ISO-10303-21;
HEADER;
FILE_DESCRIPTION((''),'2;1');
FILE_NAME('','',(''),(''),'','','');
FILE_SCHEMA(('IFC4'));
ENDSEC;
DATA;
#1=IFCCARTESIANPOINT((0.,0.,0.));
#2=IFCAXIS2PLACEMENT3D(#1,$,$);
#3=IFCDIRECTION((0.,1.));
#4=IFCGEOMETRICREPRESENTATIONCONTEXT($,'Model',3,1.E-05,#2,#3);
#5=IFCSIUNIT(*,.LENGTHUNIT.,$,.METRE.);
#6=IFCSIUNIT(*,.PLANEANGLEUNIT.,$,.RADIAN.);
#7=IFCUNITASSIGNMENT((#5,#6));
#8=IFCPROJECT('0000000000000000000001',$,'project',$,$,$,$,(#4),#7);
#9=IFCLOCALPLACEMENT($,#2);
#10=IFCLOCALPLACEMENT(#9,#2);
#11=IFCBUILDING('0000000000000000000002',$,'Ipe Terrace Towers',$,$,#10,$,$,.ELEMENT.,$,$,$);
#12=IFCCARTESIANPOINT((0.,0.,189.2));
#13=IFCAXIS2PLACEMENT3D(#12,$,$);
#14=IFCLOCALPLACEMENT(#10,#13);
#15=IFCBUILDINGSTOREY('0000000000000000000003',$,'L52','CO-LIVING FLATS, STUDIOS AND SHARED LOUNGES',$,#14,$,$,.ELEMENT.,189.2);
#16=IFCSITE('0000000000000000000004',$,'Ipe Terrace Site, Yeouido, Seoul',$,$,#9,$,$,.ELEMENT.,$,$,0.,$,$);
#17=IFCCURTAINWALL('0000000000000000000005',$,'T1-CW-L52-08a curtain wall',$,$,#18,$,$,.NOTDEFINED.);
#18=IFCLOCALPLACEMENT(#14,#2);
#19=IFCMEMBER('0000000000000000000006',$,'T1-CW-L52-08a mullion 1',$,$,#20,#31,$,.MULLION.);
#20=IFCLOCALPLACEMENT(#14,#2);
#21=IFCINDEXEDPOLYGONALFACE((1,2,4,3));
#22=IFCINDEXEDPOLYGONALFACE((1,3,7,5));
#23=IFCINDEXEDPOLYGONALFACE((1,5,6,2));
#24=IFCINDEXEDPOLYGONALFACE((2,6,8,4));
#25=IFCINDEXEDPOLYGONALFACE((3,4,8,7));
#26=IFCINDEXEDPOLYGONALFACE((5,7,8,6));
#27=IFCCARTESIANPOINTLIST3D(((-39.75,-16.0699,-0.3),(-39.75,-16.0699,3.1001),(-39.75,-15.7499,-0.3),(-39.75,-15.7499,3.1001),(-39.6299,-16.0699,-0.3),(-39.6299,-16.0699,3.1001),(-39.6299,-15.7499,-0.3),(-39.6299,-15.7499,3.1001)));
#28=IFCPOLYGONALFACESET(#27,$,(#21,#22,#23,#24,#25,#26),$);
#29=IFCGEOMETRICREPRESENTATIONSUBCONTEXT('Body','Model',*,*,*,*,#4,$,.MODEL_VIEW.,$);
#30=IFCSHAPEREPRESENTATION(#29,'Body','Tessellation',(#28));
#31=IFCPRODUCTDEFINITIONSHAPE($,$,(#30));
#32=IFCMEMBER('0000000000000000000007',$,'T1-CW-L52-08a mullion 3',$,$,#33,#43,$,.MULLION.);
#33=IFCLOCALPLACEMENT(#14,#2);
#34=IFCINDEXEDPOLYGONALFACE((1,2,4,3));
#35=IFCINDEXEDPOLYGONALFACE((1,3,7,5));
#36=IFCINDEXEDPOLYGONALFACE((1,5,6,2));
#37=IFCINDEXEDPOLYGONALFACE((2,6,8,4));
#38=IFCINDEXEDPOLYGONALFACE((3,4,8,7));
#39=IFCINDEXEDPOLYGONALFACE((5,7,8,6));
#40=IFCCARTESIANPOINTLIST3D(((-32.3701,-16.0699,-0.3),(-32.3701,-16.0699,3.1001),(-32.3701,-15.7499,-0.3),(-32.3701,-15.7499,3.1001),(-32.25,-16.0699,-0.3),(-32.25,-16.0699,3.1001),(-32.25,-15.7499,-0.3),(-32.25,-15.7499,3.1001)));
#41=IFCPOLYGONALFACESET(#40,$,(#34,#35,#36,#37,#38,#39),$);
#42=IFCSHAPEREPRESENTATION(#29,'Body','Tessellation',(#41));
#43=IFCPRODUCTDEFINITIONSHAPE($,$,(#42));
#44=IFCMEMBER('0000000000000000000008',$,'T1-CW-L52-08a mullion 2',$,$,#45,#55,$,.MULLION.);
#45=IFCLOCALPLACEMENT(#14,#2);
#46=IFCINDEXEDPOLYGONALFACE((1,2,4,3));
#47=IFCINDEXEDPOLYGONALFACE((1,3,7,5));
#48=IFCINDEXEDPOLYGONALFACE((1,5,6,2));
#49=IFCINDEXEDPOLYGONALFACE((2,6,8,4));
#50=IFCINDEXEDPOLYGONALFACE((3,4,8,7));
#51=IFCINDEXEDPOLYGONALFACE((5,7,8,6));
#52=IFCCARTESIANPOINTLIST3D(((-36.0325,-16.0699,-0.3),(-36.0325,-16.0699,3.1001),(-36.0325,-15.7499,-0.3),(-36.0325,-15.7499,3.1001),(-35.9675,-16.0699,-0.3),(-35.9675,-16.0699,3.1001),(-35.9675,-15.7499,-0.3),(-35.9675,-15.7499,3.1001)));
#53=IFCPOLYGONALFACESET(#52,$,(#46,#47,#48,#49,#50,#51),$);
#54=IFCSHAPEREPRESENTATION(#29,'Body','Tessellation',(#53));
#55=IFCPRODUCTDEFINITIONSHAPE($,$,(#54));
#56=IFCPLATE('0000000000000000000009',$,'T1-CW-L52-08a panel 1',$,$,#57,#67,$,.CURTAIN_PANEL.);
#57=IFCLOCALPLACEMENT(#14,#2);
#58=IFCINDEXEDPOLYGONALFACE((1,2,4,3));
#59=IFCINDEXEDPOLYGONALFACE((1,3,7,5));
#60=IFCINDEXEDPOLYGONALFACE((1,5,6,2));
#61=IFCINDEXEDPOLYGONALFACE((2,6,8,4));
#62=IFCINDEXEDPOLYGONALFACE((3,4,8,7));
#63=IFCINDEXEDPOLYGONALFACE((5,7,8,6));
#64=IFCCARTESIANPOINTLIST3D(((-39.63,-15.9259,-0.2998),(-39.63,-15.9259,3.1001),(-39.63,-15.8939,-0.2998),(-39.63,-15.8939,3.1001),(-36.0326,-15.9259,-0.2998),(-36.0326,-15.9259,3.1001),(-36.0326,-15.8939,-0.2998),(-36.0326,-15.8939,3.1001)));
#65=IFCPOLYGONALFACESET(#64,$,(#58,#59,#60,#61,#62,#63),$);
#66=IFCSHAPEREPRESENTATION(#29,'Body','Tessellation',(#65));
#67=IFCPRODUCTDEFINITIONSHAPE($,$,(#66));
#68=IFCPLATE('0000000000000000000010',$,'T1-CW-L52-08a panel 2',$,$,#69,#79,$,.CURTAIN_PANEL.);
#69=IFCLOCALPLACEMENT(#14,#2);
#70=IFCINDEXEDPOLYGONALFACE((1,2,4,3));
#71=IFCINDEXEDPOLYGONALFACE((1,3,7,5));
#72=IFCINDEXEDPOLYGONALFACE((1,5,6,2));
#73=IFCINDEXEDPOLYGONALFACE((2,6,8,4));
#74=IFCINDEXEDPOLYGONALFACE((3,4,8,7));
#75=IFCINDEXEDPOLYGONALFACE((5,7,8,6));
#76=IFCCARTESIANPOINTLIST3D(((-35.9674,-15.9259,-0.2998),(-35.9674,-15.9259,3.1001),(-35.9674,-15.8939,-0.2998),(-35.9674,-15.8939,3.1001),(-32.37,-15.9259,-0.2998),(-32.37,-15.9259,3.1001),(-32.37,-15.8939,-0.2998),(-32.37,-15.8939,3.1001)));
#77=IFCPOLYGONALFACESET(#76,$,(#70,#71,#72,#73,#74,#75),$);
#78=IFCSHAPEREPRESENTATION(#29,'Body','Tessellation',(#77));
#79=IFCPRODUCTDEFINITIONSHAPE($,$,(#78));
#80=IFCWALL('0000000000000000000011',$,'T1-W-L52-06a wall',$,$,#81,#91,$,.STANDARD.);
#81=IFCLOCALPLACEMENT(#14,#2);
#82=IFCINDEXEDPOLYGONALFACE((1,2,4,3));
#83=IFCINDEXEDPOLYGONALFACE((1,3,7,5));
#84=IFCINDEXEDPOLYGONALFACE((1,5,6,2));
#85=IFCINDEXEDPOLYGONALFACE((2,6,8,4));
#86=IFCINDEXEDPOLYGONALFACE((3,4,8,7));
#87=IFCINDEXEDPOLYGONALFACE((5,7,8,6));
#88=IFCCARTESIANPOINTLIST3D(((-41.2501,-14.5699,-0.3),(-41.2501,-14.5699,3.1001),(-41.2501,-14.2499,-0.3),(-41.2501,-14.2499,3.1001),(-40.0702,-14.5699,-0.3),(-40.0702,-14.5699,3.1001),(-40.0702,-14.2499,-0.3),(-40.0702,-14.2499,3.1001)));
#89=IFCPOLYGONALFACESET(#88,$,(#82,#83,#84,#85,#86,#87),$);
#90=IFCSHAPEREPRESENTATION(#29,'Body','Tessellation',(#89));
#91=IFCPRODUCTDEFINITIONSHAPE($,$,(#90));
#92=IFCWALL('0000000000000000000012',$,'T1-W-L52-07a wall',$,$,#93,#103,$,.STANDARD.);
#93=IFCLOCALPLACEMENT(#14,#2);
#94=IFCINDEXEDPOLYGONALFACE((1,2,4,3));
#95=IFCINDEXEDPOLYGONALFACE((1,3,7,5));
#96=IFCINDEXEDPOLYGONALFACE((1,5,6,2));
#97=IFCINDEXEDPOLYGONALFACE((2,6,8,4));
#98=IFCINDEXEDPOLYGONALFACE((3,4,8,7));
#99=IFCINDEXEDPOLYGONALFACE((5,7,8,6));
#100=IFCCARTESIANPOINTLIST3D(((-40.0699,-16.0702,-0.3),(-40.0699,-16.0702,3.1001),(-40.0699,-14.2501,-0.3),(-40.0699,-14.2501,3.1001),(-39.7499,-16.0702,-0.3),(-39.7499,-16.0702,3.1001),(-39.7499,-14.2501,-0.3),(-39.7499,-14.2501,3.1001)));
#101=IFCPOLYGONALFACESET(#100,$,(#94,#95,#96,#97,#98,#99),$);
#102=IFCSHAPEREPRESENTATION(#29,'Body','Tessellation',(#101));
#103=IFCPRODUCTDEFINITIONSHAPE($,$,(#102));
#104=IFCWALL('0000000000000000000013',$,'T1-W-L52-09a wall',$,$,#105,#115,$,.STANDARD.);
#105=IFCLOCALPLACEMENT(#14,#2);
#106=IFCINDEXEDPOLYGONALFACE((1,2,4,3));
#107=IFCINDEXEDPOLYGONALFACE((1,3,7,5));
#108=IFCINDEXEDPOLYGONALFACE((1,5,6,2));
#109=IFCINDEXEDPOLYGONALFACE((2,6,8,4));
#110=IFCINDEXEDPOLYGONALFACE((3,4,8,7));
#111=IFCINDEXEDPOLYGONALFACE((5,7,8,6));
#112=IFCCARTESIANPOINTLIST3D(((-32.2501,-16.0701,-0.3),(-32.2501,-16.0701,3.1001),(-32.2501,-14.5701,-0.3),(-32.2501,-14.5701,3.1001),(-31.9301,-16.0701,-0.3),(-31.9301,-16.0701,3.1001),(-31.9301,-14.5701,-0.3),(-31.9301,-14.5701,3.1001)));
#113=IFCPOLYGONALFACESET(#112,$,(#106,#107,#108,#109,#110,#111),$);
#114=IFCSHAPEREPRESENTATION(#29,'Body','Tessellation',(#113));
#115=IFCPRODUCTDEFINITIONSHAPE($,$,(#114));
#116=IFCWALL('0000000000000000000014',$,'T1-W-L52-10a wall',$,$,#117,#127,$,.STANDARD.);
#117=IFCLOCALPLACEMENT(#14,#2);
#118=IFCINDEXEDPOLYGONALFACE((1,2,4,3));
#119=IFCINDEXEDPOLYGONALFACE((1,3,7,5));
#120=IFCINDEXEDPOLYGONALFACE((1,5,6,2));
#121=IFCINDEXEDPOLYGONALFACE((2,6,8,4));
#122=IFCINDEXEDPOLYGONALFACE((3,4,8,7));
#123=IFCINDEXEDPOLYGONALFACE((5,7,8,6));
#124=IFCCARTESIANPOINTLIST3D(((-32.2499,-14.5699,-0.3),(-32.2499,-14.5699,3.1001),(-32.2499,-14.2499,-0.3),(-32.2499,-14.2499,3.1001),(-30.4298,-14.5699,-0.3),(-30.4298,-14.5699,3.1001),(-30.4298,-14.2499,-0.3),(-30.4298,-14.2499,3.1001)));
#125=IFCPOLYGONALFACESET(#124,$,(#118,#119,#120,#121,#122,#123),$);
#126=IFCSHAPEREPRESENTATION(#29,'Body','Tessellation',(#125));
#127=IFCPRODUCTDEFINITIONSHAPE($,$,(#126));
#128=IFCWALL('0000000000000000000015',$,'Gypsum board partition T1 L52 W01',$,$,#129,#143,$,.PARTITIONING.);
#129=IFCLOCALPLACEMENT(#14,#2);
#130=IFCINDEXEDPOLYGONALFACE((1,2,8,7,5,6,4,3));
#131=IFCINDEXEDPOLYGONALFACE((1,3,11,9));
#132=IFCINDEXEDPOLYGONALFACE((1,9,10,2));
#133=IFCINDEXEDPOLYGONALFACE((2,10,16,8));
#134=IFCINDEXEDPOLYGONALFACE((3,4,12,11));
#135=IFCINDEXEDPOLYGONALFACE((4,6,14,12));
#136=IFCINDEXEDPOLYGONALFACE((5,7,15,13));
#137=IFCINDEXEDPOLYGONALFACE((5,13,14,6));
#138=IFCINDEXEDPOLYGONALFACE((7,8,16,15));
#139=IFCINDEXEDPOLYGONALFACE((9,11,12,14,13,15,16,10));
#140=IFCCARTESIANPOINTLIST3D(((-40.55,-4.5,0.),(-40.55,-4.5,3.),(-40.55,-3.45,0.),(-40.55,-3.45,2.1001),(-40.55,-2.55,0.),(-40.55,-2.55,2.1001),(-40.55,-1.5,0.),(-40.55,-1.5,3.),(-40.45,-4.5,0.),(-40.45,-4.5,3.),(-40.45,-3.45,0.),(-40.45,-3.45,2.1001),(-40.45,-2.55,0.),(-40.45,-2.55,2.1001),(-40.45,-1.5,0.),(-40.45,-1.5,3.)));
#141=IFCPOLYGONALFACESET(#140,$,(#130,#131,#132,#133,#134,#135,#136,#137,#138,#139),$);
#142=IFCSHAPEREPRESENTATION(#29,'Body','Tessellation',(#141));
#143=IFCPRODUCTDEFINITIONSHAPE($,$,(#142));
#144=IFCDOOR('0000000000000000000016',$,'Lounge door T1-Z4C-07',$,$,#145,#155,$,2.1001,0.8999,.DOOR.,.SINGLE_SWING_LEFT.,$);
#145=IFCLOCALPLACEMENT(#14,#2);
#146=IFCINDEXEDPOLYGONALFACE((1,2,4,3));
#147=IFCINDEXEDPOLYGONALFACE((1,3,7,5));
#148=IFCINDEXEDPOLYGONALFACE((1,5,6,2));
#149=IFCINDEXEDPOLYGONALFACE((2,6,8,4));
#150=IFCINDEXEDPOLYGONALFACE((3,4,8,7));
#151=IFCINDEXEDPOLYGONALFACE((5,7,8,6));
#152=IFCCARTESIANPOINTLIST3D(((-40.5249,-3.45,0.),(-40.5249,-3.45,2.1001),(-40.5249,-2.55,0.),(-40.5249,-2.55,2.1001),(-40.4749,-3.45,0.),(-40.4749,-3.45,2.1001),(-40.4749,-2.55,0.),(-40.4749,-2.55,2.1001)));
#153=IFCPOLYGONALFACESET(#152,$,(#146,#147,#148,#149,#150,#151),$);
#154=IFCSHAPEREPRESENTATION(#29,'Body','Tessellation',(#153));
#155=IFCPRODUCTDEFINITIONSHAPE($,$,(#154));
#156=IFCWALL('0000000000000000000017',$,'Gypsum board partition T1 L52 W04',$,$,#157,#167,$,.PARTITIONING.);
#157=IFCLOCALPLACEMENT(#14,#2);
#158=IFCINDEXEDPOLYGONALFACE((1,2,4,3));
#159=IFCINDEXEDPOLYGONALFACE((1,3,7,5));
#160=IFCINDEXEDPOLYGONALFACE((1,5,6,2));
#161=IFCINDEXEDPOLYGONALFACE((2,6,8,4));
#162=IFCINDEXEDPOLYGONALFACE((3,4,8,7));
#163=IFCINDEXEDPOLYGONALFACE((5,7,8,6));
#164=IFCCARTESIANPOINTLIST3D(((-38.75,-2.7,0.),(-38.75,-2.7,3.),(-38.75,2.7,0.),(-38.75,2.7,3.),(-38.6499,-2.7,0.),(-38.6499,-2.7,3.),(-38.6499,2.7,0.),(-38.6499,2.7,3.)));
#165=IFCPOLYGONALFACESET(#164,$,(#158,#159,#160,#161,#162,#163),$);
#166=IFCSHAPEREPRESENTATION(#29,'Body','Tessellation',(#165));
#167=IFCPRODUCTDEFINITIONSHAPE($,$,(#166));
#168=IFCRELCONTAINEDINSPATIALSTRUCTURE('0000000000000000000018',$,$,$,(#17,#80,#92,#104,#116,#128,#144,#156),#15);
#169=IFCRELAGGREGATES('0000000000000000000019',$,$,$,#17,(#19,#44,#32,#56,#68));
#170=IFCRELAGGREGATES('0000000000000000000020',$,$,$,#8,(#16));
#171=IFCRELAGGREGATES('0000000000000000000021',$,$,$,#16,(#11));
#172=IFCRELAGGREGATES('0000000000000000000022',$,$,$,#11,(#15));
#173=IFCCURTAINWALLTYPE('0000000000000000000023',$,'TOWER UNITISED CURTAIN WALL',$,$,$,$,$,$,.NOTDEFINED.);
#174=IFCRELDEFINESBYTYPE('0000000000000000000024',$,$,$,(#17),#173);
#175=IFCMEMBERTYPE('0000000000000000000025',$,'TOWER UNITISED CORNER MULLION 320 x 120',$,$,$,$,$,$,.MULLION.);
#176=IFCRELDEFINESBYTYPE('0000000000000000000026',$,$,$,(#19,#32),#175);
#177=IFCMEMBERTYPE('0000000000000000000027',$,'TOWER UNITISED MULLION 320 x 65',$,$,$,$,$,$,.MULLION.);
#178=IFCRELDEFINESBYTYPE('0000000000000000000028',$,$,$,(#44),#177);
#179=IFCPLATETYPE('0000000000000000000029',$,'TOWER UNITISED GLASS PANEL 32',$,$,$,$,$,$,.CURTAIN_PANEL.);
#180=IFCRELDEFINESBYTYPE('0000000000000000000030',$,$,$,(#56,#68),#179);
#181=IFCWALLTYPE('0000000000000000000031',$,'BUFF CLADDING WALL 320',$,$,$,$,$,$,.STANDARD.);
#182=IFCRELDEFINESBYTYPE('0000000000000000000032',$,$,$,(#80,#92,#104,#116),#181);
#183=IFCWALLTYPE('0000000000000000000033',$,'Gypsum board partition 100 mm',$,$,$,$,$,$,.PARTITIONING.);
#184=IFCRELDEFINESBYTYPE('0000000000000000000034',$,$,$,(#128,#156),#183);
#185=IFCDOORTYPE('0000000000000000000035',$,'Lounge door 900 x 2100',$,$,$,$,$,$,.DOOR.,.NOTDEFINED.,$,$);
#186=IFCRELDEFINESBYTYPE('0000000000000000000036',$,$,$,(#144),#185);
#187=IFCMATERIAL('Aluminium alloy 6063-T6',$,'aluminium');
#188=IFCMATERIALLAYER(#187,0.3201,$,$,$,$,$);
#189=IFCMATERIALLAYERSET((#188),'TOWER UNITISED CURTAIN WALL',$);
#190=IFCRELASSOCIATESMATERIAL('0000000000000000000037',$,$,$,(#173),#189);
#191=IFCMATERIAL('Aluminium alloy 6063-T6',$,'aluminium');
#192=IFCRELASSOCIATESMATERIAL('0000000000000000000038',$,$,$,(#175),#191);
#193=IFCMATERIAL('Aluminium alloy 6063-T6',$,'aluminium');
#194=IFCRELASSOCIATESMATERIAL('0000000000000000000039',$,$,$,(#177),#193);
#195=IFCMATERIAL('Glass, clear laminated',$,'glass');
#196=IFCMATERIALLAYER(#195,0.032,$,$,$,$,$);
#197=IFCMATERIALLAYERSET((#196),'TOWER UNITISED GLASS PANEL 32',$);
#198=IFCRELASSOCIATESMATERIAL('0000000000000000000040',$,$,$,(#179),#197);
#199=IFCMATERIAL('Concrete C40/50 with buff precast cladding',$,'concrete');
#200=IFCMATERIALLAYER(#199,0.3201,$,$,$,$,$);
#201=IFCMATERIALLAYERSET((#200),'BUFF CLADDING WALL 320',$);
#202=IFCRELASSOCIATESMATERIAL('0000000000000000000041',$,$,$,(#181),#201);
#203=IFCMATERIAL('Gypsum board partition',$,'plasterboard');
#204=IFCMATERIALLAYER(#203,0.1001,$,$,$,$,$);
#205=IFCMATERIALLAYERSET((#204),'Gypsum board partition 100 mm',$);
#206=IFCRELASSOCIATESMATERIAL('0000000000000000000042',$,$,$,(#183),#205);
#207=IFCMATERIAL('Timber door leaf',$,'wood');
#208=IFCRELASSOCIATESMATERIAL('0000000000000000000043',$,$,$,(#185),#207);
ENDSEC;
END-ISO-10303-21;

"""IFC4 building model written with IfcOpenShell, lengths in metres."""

from ifc_helpers import new_model, si_unit, direction, frame, frame_2d, origin, origin_2d, place, context, subcontext, project, spatial, rectangle, extrude, material, layer, layer_set, material_profile, profile_set, type_object, element, fill, aggregate, save


model = new_model("IFC4")

# Units and contexts
model_context = context("Model", 3, precision=1e-05, world=origin(), true_north=direction((0.0, 1.0)))
body_context = subcontext(model_context, "Body", "Model", "MODEL_VIEW")
ifc_project = project(units=[si_unit("LENGTHUNIT", "METRE"), si_unit("PLANEANGLEUNIT", "RADIAN")], contexts=[model_context])

# Site, building, storey
site_placement = place(None, origin())
site = spatial("IfcSite", under=ifc_project, at=site_placement, Name="Ipe Terrace Site, Yeouido, Seoul", CompositionType="ELEMENT", RefElevation=0.0)
building_placement = place(site_placement, origin())
building = spatial("IfcBuilding", under=site, at=building_placement, Name="Ipe Terrace Towers", CompositionType="ELEMENT")
storey_placement = place(building_placement, frame((0.0, 0.0, 189.2)))
storey = spatial("IfcBuildingStorey", under=building, at=storey_placement, Name="L52", Description="CO-LIVING FLATS, STUDIOS AND SHARED LOUNGES", CompositionType="ELEMENT", Elevation=189.2)

# Curtain wall, members, plates
ifc_material_1 = material(Name="Aluminium alloy 6063-T6", Category="aluminium")
ifc_layer_1 = layer(ifc_material_1, 0.3201)
ifc_layer_set_1 = layer_set([ifc_layer_1], Name="TOWER UNITISED CURTAIN WALL")
curtain_wall_type = type_object("IfcCurtainWallType", Name="TOWER UNITISED CURTAIN WALL", PredefinedType="NOTDEFINED", material=ifc_layer_set_1)
curtain_wall_placement = place(storey_placement, origin())
curtain_wall = element("IfcCurtainWall", 1, at=curtain_wall_placement, inside=storey, type_object=curtain_wall_type, Name="T1-CW-L52-08a curtain wall", PredefinedType="NOTDEFINED")
ifc_material_2 = material(Name="Aluminium alloy 6063-T6", Category="aluminium")
ifc_material_profile_1 = material_profile(ifc_material_2, rectangle(XDim=0.3201, YDim=0.1201, at=origin_2d()), Name="TOWER UNITISED CORNER MULLION 320 x 120")
ifc_profile_set_1 = profile_set([ifc_material_profile_1], Name="Aluminium alloy 6063-T6")
member_type_1 = type_object("IfcMemberType", Name="TOWER UNITISED CORNER MULLION 320 x 120", PredefinedType="MULLION", material=ifc_profile_set_1)
member_1_placement = place(storey_placement, frame((-39.6899, -15.9099, -0.3), z_axis=(0.0, 0.0, 1.0), x_axis=(0.0, -1.0, 0.0)))
member_1 = element("IfcMember", 2, at=member_1_placement, type_object=member_type_1, Name="T1-CW-L52-08a mullion 1", PredefinedType="MULLION", context=body_context, shape_type="SweptSolid", body=[
    extrude(rectangle(XDim=0.3201, YDim=0.1201, at=origin_2d()), origin(), (0.0, 0.0, 1.0), 3.4001),
])
member_2_placement = place(storey_placement, frame((-32.3101, -15.9099, -0.3), z_axis=(0.0, 0.0, 1.0), x_axis=(0.0, -1.0, 0.0)))
member_2 = element("IfcMember", 3, at=member_2_placement, type_object=member_type_1, Name="T1-CW-L52-08a mullion 3", PredefinedType="MULLION", context=body_context, shape_type="SweptSolid", body=[
    extrude(rectangle(XDim=0.3201, YDim=0.1201, at=origin_2d()), origin(), (0.0, 0.0, 1.0), 3.4001),
])
ifc_material_3 = material(Name="Aluminium alloy 6063-T6", Category="aluminium")
ifc_material_profile_2 = material_profile(ifc_material_3, rectangle(XDim=0.3201, YDim=0.0649, at=origin_2d()), Name="TOWER UNITISED MULLION 320 x 65")
ifc_profile_set_2 = profile_set([ifc_material_profile_2], Name="Aluminium alloy 6063-T6")
member_type_2 = type_object("IfcMemberType", Name="TOWER UNITISED MULLION 320 x 65", PredefinedType="MULLION", material=ifc_profile_set_2)
member_3_placement = place(storey_placement, frame((-36.0, -15.9099, -0.3), z_axis=(0.0, 0.0, 1.0), x_axis=(0.0, -1.0, 0.0)))
member_3 = element("IfcMember", 4, at=member_3_placement, type_object=member_type_2, Name="T1-CW-L52-08a mullion 2", PredefinedType="MULLION", context=body_context, shape_type="SweptSolid", body=[
    extrude(rectangle(XDim=0.3201, YDim=0.0649, at=origin_2d()), origin(), (0.0, 0.0, 1.0), 3.4001),
])
ifc_material_4 = material(Name="Glass, clear laminated", Category="glass")
ifc_layer_2 = layer(ifc_material_4, 0.032)
ifc_layer_set_2 = layer_set([ifc_layer_2], Name="TOWER UNITISED GLASS PANEL 32")
plate_type = type_object("IfcPlateType", Name="TOWER UNITISED GLASS PANEL 32", PredefinedType="CURTAIN_PANEL", material=ifc_layer_set_2)
plate_1_placement = place(storey_placement, frame((-37.8313, -15.9099, -0.2998), z_axis=(0.0, 0.0, 1.0), x_axis=(1.0, 0.0, 0.0)))
plate_1 = element("IfcPlate", 5, at=plate_1_placement, type_object=plate_type, Name="T1-CW-L52-08a panel 1", PredefinedType="CURTAIN_PANEL", context=body_context, shape_type="SweptSolid", body=[
    extrude(rectangle(XDim=3.5974, YDim=0.032, at=origin_2d()), origin(), (0.0, 0.0, 1.0), 3.3999),
])
plate_2_placement = place(storey_placement, frame((-34.1687, -15.9099, -0.2998), z_axis=(0.0, 0.0, 1.0), x_axis=(1.0, 0.0, 0.0)))
plate_2 = element("IfcPlate", 6, at=plate_2_placement, type_object=plate_type, Name="T1-CW-L52-08a panel 2", PredefinedType="CURTAIN_PANEL", context=body_context, shape_type="SweptSolid", body=[
    extrude(rectangle(XDim=3.5974, YDim=0.032, at=origin_2d()), origin(), (0.0, 0.0, 1.0), 3.3999),
])
aggregate(curtain_wall, [member_1, member_3, member_2, plate_1, plate_2])

# Walls
ifc_material_5 = material(Name="Concrete C40/50 with buff precast cladding", Category="concrete")
ifc_layer_3 = layer(ifc_material_5, 0.3201)
ifc_layer_set_3 = layer_set([ifc_layer_3], Name="BUFF CLADDING WALL 320")
wall_type_1 = type_object("IfcWallType", Name="BUFF CLADDING WALL 320", PredefinedType="STANDARD", material=ifc_layer_set_3)
wall_1_placement = place(storey_placement, frame((-41.25, -14.4099, -0.3), z_axis=(0.0, 0.0, 1.0), x_axis=(1.0, 0.0, 0.0)))
element("IfcWall", 7, at=wall_1_placement, inside=storey, type_object=wall_type_1, Name="T1-W-L52-06a wall", PredefinedType="STANDARD", context=body_context, shape_type="SweptSolid", body=[
    extrude(rectangle(XDim=1.1799, YDim=0.3201, at=frame_2d((0.5898, 0.0))), origin(), (0.0, 0.0, 1.0), 3.4001),
])
wall_2_placement = place(storey_placement, frame((-39.9099, -14.25, -0.3), z_axis=(0.0, 0.0, 1.0), x_axis=(0.0, -1.0, 0.0)))
element("IfcWall", 8, at=wall_2_placement, inside=storey, type_object=wall_type_1, Name="T1-W-L52-07a wall", PredefinedType="STANDARD", context=body_context, shape_type="SweptSolid", body=[
    extrude(rectangle(XDim=1.8201, YDim=0.3201, at=frame_2d((0.9102, 0.0))), origin(), (0.0, 0.0, 1.0), 3.4001),
])
wall_3_placement = place(storey_placement, frame((-32.0901, -16.0701, -0.3), z_axis=(0.0, 0.0, 1.0), x_axis=(0.0, 1.0, 0.0)))
element("IfcWall", 9, at=wall_3_placement, inside=storey, type_object=wall_type_1, Name="T1-W-L52-09a wall", PredefinedType="STANDARD", context=body_context, shape_type="SweptSolid", body=[
    extrude(rectangle(XDim=1.5, YDim=0.3201, at=frame_2d((0.75, 0.0))), origin(), (0.0, 0.0, 1.0), 3.4001),
])
wall_4_placement = place(storey_placement, frame((-32.25, -14.4099, -0.3), z_axis=(0.0, 0.0, 1.0), x_axis=(1.0, 0.0, 0.0)))
element("IfcWall", 10, at=wall_4_placement, inside=storey, type_object=wall_type_1, Name="T1-W-L52-10a wall", PredefinedType="STANDARD", context=body_context, shape_type="SweptSolid", body=[
    extrude(rectangle(XDim=1.8201, YDim=0.3201, at=frame_2d((0.9102, 0.0))), origin(), (0.0, 0.0, 1.0), 3.4001),
])

# Wall, opening, door
ifc_material_6 = material(Name="Gypsum board partition", Category="plasterboard")
ifc_layer_4 = layer(ifc_material_6, 0.1001)
ifc_layer_set_4 = layer_set([ifc_layer_4], Name="Gypsum board partition 100 mm")
wall_type_2 = type_object("IfcWallType", Name="Gypsum board partition 100 mm", PredefinedType="PARTITIONING", material=ifc_layer_set_4)
wall_5_placement = place(storey_placement, frame((-40.5, -4.5, 0.0), z_axis=(0.0, 0.0, 1.0), x_axis=(0.0, 1.0, 0.0)))
wall_5 = element("IfcWall", 11, at=wall_5_placement, inside=storey, type_object=wall_type_2, Name="Gypsum board partition T1 L52 W01", PredefinedType="PARTITIONING", context=body_context, shape_type="SweptSolid", body=[
    extrude(rectangle(XDim=3.0, YDim=0.1001, at=frame_2d((1.5, 0.0))), origin(), (0.0, 0.0, 1.0), 3.0),
])
opening_1_placement = place(wall_5_placement, frame((1.05, 0.0, 0.0)))
opening_1 = element("IfcOpeningElement", 12, at=opening_1_placement, cuts=wall_5, PredefinedType="OPENING", context=body_context, shape_type="SweptSolid", body=[
    extrude(rectangle(XDim=0.8999, YDim=2.1001, at=frame_2d((0.45, 1.05))), frame((0.0, 0.0601, 0.0), z_axis=(0.0, -1.0, 0.0), x_axis=(1.0, 0.0, 0.0)), (0.0, 0.0, 1.0), 0.1201),
])
ifc_material_7 = material(Name="Timber door leaf", Category="wood")
door_type = type_object("IfcDoorType", Name="Lounge door 900 x 2100", OperationType="NOTDEFINED", PredefinedType="DOOR", material=ifc_material_7)
door_1_placement = place(opening_1_placement, origin())
door_1 = element("IfcDoor", 13, at=door_1_placement, inside=storey, type_object=door_type, Name="Lounge door T1-Z4C-07", OperationType="SINGLE_SWING_LEFT", OverallHeight=2.1001, OverallWidth=0.8999, PredefinedType="DOOR", context=body_context, shape_type="SweptSolid", body=[
    extrude(rectangle(XDim=0.8999, YDim=2.1001, at=frame_2d((0.45, 1.05))), frame((0.0, 0.0249, 0.0), z_axis=(0.0, -1.0, 0.0), x_axis=(1.0, 0.0, 0.0)), (0.0, 0.0, 1.0), 0.05),
])
fill(opening_1, door_1)

# Wall
wall_6_placement = place(storey_placement, frame((-38.7, -2.7, 0.0), z_axis=(0.0, 0.0, 1.0), x_axis=(0.0, 1.0, 0.0)))
element("IfcWall", 14, at=wall_6_placement, inside=storey, type_object=wall_type_2, Name="Gypsum board partition T1 L52 W04", PredefinedType="PARTITIONING", context=body_context, shape_type="SweptSolid", body=[
    extrude(rectangle(XDim=5.3999, YDim=0.1001, at=frame_2d((2.7, 0.0))), origin(), (0.0, 0.0, 1.0), 3.0),
])

save(model, "model.ifc")
